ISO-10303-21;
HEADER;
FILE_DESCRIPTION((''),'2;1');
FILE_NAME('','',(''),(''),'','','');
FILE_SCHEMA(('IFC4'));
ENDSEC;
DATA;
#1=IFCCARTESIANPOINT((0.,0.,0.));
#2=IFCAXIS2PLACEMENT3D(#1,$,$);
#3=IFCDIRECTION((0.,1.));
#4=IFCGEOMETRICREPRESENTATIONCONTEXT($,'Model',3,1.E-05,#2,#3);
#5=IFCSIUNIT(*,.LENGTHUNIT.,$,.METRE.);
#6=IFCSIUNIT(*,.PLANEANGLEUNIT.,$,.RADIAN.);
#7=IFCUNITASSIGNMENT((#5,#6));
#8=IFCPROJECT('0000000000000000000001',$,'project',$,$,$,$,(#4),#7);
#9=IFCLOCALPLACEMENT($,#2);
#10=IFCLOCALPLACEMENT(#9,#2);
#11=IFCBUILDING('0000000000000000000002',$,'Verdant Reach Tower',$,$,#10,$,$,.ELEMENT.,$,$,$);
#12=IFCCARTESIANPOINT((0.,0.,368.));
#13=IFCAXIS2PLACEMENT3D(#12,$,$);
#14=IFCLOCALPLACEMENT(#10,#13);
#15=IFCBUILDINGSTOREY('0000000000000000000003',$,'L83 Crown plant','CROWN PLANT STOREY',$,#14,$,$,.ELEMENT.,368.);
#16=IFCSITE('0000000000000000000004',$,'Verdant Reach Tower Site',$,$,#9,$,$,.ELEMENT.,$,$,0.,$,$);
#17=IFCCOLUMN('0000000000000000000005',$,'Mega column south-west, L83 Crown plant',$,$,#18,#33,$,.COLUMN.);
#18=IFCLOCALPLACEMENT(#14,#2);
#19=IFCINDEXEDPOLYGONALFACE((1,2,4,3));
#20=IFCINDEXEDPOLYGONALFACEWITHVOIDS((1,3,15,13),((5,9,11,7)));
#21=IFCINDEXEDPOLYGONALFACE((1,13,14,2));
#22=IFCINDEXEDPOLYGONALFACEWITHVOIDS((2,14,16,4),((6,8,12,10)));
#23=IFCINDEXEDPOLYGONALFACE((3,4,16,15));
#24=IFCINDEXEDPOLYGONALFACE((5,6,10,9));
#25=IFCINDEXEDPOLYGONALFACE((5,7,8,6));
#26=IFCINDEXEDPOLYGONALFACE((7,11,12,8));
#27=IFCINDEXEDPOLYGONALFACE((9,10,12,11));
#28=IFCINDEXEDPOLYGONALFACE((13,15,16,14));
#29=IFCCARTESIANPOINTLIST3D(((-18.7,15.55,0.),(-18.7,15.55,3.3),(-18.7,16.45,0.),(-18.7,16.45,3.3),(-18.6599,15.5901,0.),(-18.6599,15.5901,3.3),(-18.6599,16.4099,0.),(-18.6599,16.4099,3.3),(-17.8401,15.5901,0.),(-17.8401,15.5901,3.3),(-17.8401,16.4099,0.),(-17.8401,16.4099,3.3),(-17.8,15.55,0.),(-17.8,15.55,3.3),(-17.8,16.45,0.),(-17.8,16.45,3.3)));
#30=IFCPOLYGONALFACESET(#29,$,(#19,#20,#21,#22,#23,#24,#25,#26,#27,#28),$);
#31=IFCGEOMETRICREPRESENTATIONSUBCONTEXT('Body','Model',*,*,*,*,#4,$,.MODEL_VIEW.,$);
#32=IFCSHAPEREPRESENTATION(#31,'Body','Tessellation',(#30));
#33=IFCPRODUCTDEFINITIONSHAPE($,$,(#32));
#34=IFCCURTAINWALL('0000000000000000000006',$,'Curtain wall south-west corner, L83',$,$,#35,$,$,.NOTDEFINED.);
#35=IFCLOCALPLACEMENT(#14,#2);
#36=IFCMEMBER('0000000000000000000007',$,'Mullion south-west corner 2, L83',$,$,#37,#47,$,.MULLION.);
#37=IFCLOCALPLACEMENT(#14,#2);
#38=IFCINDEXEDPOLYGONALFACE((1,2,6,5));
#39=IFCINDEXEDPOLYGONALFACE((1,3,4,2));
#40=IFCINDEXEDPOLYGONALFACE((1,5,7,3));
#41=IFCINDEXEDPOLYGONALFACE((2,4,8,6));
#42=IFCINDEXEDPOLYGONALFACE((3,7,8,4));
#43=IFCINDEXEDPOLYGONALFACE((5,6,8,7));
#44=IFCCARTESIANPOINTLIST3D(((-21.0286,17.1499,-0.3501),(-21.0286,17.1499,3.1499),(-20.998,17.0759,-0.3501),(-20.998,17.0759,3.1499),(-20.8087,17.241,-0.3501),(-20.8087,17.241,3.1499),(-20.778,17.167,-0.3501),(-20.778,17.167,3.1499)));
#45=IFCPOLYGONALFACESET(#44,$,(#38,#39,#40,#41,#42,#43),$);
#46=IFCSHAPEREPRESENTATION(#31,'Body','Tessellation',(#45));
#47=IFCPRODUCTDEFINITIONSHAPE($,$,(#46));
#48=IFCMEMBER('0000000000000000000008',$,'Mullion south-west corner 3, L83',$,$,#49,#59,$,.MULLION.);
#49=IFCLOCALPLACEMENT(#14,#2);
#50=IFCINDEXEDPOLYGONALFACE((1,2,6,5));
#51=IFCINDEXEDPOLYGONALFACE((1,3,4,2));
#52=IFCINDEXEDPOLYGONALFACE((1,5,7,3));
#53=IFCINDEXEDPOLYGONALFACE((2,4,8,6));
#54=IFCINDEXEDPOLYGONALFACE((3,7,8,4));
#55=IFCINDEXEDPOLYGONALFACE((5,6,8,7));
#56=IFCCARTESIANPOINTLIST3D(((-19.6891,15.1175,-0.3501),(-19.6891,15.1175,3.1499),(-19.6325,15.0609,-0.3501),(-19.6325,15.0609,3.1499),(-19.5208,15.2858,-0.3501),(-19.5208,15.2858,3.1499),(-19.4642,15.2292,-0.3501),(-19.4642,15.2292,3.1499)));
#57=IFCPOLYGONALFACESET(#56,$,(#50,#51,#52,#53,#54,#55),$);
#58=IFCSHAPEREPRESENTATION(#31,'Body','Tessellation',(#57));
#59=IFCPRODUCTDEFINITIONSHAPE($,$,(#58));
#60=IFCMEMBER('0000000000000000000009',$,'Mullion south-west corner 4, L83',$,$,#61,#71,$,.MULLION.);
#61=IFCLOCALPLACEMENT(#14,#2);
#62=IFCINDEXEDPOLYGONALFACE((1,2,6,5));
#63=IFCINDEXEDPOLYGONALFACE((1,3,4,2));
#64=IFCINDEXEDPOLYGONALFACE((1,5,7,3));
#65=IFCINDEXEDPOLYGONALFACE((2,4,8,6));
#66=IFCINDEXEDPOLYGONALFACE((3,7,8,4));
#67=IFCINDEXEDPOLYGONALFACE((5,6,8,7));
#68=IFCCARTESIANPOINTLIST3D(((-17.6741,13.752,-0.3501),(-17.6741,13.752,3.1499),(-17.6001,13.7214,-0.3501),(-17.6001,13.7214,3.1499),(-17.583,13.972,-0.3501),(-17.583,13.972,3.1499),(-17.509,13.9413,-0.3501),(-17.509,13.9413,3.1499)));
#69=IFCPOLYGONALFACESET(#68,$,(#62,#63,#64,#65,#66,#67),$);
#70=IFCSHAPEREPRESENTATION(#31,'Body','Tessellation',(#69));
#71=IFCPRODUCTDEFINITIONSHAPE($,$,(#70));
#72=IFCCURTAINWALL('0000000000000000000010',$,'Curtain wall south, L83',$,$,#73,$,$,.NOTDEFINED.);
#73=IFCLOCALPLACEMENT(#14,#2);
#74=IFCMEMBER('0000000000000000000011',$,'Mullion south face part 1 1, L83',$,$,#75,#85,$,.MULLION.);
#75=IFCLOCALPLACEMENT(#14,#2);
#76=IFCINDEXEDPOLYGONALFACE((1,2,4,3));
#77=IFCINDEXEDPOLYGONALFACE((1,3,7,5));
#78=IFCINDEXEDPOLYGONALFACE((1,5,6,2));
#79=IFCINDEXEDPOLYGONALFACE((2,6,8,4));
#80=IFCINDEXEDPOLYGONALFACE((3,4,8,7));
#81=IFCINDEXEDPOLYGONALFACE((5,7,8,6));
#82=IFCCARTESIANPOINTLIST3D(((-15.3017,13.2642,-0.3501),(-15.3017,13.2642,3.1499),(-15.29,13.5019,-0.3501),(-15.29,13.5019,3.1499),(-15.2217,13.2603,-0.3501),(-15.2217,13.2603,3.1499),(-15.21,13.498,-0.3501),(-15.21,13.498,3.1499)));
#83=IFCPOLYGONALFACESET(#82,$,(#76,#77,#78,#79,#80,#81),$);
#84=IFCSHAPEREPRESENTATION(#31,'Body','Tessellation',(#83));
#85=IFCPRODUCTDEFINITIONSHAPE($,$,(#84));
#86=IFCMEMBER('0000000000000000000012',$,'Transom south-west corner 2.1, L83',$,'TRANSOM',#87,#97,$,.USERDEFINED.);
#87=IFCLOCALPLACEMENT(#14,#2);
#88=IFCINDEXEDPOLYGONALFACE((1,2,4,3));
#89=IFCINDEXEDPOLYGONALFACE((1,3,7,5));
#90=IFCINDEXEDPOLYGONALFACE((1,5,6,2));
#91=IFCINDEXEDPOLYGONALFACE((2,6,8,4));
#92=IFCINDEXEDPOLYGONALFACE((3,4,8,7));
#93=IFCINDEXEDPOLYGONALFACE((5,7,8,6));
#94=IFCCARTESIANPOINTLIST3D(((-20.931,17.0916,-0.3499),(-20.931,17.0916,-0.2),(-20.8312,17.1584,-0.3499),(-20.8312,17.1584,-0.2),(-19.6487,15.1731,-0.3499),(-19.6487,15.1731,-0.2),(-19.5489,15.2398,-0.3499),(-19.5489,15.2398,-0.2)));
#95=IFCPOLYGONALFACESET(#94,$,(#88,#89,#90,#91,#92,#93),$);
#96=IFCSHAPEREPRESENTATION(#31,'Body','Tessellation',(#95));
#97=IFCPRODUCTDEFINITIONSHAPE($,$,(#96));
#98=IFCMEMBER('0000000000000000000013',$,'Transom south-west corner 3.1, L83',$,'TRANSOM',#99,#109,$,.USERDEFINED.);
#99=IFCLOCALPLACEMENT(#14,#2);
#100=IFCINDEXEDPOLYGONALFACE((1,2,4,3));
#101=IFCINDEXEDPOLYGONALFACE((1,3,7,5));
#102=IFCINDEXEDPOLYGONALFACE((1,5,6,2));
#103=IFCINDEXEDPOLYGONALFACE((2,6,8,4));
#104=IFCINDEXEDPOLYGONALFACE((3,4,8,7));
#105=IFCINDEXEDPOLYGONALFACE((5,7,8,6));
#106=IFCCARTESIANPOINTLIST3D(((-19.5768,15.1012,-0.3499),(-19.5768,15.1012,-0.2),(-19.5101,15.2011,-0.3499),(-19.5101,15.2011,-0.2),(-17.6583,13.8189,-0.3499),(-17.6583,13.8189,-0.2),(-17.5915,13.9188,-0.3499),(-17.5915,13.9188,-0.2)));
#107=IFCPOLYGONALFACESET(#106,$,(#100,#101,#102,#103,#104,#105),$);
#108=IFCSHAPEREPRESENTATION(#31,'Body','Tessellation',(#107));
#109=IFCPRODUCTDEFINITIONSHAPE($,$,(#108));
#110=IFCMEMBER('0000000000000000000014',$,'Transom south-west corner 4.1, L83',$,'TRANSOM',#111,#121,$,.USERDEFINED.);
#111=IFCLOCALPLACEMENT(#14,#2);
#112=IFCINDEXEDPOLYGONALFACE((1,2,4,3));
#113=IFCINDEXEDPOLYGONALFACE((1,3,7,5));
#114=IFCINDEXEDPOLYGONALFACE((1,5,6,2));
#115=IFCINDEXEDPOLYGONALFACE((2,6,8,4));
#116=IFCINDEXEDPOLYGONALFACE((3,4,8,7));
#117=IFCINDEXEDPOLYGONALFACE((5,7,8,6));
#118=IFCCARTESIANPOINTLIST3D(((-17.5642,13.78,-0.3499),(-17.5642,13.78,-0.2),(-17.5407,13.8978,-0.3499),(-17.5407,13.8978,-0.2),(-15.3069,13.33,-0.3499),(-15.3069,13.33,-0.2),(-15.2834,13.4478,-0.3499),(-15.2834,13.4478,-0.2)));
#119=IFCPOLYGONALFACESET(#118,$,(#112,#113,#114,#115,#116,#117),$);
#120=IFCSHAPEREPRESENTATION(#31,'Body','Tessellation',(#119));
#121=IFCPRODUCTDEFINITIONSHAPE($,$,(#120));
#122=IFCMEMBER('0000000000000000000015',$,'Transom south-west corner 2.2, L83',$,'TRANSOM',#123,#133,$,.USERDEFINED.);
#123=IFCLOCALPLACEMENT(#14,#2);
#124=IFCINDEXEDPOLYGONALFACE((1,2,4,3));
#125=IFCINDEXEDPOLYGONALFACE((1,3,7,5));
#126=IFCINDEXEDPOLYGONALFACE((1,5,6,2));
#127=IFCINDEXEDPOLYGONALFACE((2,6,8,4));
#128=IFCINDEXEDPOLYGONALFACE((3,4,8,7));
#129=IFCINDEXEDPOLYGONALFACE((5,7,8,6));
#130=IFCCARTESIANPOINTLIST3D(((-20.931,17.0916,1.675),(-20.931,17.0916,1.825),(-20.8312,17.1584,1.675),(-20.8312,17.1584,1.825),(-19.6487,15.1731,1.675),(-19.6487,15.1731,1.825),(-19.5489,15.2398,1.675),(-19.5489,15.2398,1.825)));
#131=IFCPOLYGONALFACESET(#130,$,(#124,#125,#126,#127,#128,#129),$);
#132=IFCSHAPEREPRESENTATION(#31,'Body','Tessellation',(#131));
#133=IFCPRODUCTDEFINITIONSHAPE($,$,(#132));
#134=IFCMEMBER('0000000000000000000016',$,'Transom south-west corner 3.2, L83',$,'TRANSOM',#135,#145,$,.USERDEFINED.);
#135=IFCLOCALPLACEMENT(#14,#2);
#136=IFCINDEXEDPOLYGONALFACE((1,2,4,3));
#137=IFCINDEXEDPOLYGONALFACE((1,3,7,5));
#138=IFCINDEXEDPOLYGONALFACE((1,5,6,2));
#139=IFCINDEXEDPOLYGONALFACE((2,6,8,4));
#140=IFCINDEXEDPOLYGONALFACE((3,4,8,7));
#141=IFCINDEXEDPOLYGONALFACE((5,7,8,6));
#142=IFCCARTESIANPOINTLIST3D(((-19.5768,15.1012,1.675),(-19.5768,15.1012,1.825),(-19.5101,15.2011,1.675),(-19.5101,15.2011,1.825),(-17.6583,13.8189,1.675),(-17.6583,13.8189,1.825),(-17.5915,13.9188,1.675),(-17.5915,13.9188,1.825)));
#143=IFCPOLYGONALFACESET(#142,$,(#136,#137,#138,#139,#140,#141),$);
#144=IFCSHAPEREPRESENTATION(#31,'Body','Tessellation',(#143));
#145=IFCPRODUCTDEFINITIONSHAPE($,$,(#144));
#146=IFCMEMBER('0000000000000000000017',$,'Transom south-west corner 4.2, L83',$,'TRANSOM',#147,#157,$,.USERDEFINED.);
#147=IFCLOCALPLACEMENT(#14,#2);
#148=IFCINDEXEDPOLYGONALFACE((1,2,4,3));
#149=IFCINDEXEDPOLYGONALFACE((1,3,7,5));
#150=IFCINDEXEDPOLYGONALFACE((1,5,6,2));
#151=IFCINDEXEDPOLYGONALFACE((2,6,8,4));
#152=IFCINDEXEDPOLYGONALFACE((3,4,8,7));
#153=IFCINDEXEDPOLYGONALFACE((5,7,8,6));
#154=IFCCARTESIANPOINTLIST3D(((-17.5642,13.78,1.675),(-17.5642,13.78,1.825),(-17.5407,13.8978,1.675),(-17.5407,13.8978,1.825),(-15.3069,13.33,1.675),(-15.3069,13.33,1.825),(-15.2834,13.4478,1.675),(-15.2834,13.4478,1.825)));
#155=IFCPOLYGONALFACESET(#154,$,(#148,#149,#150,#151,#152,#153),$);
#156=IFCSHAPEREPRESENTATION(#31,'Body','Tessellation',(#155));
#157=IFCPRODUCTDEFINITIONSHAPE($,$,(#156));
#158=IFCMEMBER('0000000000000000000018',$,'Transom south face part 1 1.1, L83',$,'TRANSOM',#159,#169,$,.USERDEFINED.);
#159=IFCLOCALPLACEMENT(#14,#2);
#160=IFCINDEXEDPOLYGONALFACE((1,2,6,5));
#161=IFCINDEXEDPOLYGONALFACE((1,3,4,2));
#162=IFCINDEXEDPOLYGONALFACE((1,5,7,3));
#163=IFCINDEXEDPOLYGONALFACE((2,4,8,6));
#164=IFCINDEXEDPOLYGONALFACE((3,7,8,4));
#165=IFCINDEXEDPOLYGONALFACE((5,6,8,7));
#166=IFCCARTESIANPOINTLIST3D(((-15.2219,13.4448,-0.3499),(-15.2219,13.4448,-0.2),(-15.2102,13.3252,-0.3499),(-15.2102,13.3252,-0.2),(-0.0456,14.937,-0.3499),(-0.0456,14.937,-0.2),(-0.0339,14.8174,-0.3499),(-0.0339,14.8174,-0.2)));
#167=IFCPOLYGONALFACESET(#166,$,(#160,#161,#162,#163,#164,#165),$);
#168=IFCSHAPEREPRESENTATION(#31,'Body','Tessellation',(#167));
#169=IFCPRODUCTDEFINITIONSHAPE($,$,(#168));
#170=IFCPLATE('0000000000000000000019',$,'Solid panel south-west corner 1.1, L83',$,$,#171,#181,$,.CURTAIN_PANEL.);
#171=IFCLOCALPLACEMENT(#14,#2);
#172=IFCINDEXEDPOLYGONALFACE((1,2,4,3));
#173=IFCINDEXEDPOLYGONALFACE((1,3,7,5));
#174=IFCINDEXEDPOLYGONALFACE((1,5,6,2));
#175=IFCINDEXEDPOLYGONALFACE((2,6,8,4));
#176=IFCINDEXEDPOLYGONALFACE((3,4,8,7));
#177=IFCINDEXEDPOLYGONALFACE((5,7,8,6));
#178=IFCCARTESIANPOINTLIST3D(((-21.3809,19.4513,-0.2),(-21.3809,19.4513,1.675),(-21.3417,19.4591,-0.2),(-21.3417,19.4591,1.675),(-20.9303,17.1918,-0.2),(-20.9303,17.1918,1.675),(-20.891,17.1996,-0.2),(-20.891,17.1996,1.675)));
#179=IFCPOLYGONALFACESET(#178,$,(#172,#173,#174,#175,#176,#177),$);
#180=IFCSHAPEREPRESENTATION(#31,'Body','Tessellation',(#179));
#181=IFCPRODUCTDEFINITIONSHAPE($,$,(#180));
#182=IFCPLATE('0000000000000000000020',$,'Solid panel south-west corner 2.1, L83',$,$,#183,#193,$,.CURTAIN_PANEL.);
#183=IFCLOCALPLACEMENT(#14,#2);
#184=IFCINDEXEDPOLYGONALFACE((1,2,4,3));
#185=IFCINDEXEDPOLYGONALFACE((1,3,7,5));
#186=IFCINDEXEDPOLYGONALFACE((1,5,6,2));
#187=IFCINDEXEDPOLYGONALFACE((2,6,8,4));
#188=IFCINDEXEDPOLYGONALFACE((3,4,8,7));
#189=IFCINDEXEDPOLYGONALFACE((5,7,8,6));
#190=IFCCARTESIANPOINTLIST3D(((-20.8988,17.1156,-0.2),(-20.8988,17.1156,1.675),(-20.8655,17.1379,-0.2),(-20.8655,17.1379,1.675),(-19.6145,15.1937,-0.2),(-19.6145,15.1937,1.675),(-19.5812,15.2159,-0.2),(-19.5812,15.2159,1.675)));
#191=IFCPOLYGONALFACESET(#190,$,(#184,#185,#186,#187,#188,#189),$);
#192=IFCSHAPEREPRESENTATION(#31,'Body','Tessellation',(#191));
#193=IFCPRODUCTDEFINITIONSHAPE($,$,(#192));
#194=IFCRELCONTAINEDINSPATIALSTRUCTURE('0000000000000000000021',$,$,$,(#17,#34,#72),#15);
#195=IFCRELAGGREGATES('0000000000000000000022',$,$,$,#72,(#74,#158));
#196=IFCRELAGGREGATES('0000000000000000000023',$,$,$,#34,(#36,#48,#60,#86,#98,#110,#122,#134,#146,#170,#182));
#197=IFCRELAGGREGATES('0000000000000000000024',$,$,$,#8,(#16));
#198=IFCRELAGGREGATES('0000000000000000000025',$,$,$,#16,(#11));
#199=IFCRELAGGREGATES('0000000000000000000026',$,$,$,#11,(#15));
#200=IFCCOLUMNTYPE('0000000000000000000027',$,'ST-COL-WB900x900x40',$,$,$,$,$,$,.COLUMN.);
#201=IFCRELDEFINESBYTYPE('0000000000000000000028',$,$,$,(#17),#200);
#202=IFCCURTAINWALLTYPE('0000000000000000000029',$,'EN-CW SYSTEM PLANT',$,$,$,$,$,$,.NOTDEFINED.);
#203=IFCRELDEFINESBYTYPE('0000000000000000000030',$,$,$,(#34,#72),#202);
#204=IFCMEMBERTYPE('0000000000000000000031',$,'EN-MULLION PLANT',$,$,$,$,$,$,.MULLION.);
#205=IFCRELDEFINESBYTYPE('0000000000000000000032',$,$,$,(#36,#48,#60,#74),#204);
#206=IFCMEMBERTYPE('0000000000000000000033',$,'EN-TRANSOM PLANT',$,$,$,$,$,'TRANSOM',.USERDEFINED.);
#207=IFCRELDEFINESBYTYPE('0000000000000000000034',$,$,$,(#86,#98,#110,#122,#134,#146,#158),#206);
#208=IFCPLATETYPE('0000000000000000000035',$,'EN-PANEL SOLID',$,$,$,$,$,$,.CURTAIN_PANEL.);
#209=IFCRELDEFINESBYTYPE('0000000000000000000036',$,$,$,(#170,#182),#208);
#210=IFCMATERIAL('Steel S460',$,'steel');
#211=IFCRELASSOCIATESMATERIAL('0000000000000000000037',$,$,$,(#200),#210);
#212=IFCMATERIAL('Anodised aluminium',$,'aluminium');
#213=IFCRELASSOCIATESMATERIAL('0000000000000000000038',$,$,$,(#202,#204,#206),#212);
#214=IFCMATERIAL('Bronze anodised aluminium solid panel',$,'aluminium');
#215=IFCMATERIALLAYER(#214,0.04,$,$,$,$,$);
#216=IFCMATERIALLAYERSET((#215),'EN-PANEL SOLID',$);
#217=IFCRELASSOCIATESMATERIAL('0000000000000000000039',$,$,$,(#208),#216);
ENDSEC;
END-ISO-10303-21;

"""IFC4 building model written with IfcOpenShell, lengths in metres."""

from ifc_helpers import new_model, si_unit, direction, frame, origin, origin_2d, place, context, subcontext, project, spatial, rectangle, hollow_rectangle, extrude, material, layer, layer_set, material_profile, profile_set, type_object, element, aggregate, save


model = new_model("IFC4")

# Units and contexts
model_context = context("Model", 3, precision=1e-05, world=origin(), true_north=direction((0.0, 1.0)))
body_context = subcontext(model_context, "Body", "Model", "MODEL_VIEW")
ifc_project = project(units=[si_unit("LENGTHUNIT", "METRE"), si_unit("PLANEANGLEUNIT", "RADIAN")], contexts=[model_context])

# Site, building, storey
site_placement = place(None, origin())
site = spatial("IfcSite", under=ifc_project, at=site_placement, Name="Verdant Reach Tower Site", CompositionType="ELEMENT", RefElevation=0.0)
building_placement = place(site_placement, origin())
building = spatial("IfcBuilding", under=site, at=building_placement, Name="Verdant Reach Tower", CompositionType="ELEMENT")
storey_placement = place(building_placement, frame((0.0, 0.0, 368.0)))
storey = spatial("IfcBuildingStorey", under=building, at=storey_placement, Name="L83 Crown plant", Description="CROWN PLANT STOREY", CompositionType="ELEMENT", Elevation=368.0)

# Column
ifc_material_1 = material(Name="Steel S460", Category="steel")
ifc_material_profile_1 = material_profile(ifc_material_1, hollow_rectangle(XDim=0.8999, YDim=0.8999, WallThickness=0.04, at=origin_2d()), Name="WB 900x900x40")
ifc_profile_set_1 = profile_set([ifc_material_profile_1], Name="Steel S460")
column_type = type_object("IfcColumnType", Name="ST-COL-WB900x900x40", PredefinedType="COLUMN", material=ifc_profile_set_1)
column_placement = place(storey_placement, frame((-18.25, 16.0, 0.0), z_axis=(0.0, 0.0, 1.0), x_axis=(1.0, 0.0, 0.0)))
element("IfcColumn", 1, at=column_placement, inside=storey, type_object=column_type, Name="Mega column south-west, L83 Crown plant", PredefinedType="COLUMN", context=body_context, shape_type="SweptSolid", body=[
    extrude(hollow_rectangle(XDim=0.8999, YDim=0.8999, WallThickness=0.04, at=origin_2d()), origin(), (0.0, 0.0, 1.0), 3.3),
])

# Curtain wall, members
ifc_material_2 = material(Name="Anodised aluminium", Category="aluminium")
curtain_wall_type = type_object("IfcCurtainWallType", Name="EN-CW SYSTEM PLANT", PredefinedType="NOTDEFINED", material=ifc_material_2)
curtain_wall_1_placement = place(storey_placement, origin())
curtain_wall_1 = element("IfcCurtainWall", 2, at=curtain_wall_1_placement, inside=storey, type_object=curtain_wall_type, Name="Curtain wall south-west corner, L83", PredefinedType="NOTDEFINED")
ifc_material_profile_2 = material_profile(ifc_material_2, rectangle(XDim=0.238, YDim=0.0801, at=origin_2d()), Name="Mullion 80x240")
ifc_profile_set_2 = profile_set([ifc_material_profile_2], Name="Anodised aluminium")
member_type_1 = type_object("IfcMemberType", Name="EN-MULLION PLANT", PredefinedType="MULLION", material=ifc_profile_set_2)
member_1_placement = place(storey_placement, frame((-20.9033, 17.1584, -0.3501), z_axis=(0.0, 0.0, 1.0), x_axis=(-0.923875, -0.382694, 0.0)))
member_1 = element("IfcMember", 3, at=member_1_placement, type_object=member_type_1, Name="Mullion south-west corner 2, L83", PredefinedType="MULLION", context=body_context, shape_type="SweptSolid", body=[
    extrude(rectangle(XDim=0.238, YDim=0.0801, at=origin_2d()), origin(), (0.0, 0.0, 1.0), 3.5),
])
member_2_placement = place(storey_placement, frame((-19.5767, 15.1733, -0.3501), z_axis=(0.0, 0.0, 1.0), x_axis=(-0.707107, -0.707107, 0.0)))
member_2 = element("IfcMember", 4, at=member_2_placement, type_object=member_type_1, Name="Mullion south-west corner 3, L83", PredefinedType="MULLION", context=body_context, shape_type="SweptSolid", body=[
    extrude(rectangle(XDim=0.238, YDim=0.0801, at=origin_2d()), origin(), (0.0, 0.0, 1.0), 3.5),
])
member_3_placement = place(storey_placement, frame((-17.5916, 13.8467, -0.3501), z_axis=(0.0, 0.0, 1.0), x_axis=(-0.382694, -0.923875, 0.0)))
member_3 = element("IfcMember", 5, at=member_3_placement, type_object=member_type_1, Name="Mullion south-west corner 4, L83", PredefinedType="MULLION", context=body_context, shape_type="SweptSolid", body=[
    extrude(rectangle(XDim=0.238, YDim=0.0801, at=origin_2d()), origin(), (0.0, 0.0, 1.0), 3.5),
])

# Curtain wall, member
curtain_wall_2_placement = place(storey_placement, origin())
curtain_wall_2 = element("IfcCurtainWall", 6, at=curtain_wall_2_placement, inside=storey, type_object=curtain_wall_type, Name="Curtain wall south, L83", PredefinedType="NOTDEFINED")
member_4_placement = place(storey_placement, frame((-15.2559, 13.3811, -0.3501), z_axis=(0.0, 0.0, 1.0), x_axis=(-0.049128, -0.998793, 0.0)))
member_4 = element("IfcMember", 7, at=member_4_placement, type_object=member_type_1, Name="Mullion south face part 1 1, L83", PredefinedType="MULLION", context=body_context, shape_type="SweptSolid", body=[
    extrude(rectangle(XDim=0.238, YDim=0.0801, at=origin_2d()), origin(), (0.0, 0.0, 1.0), 3.5),
])

# Members
ifc_material_profile_3 = material_profile(ifc_material_2, rectangle(XDim=0.1201, YDim=0.1499, at=origin_2d()), Name="Transom 150x120")
ifc_profile_set_3 = profile_set([ifc_material_profile_3], Name="Anodised aluminium")
member_type_2 = type_object("IfcMemberType", Name="EN-TRANSOM PLANT", ElementType="TRANSOM", PredefinedType="USERDEFINED", material=ifc_profile_set_3)
member_5_placement = place(storey_placement, frame((-20.8811, 17.125, -0.2749), z_axis=(0.555676, -0.831399, 0.0), x_axis=(0.831399, 0.555676, 0.0)))
member_5 = element("IfcMember", 8, at=member_5_placement, type_object=member_type_2, Name="Transom south-west corner 2.1, L83", ObjectType="TRANSOM", PredefinedType="USERDEFINED", context=body_context, shape_type="SweptSolid", body=[
    extrude(rectangle(XDim=0.1201, YDim=0.1499, at=origin_2d()), origin(), (0.0, 0.0, 1.0), 2.3076),
])
member_6_placement = place(storey_placement, frame((-19.5435, 15.1511, -0.2749), z_axis=(0.831399, -0.555676, 0.0), x_axis=(0.555676, 0.831399, 0.0)))
member_6 = element("IfcMember", 9, at=member_6_placement, type_object=member_type_2, Name="Transom south-west corner 3.1, L83", ObjectType="TRANSOM", PredefinedType="USERDEFINED", context=body_context, shape_type="SweptSolid", body=[
    extrude(rectangle(XDim=0.1201, YDim=0.1499, at=origin_2d()), origin(), (0.0, 0.0, 1.0), 2.3076),
])
member_7_placement = place(storey_placement, frame((-17.5525, 13.8389, -0.2749), z_axis=(0.980707, -0.195484, 0.0), x_axis=(0.195484, 0.980707, 0.0)))
member_7 = element("IfcMember", 10, at=member_7_placement, type_object=member_type_2, Name="Transom south-west corner 4.1, L83", ObjectType="TRANSOM", PredefinedType="USERDEFINED", context=body_context, shape_type="SweptSolid", body=[
    extrude(rectangle(XDim=0.1201, YDim=0.1499, at=origin_2d()), origin(), (0.0, 0.0, 1.0), 2.3018),
])
member_8_placement = place(storey_placement, frame((-20.8811, 17.125, 1.75), z_axis=(0.555676, -0.831399, 0.0), x_axis=(0.831399, 0.555676, 0.0)))
member_8 = element("IfcMember", 11, at=member_8_placement, type_object=member_type_2, Name="Transom south-west corner 2.2, L83", ObjectType="TRANSOM", PredefinedType="USERDEFINED", context=body_context, shape_type="SweptSolid", body=[
    extrude(rectangle(XDim=0.1201, YDim=0.1499, at=origin_2d()), origin(), (0.0, 0.0, 1.0), 2.3076),
])
member_9_placement = place(storey_placement, frame((-19.5435, 15.1511, 1.75), z_axis=(0.831399, -0.555676, 0.0), x_axis=(0.555676, 0.831399, 0.0)))
member_9 = element("IfcMember", 12, at=member_9_placement, type_object=member_type_2, Name="Transom south-west corner 3.2, L83", ObjectType="TRANSOM", PredefinedType="USERDEFINED", context=body_context, shape_type="SweptSolid", body=[
    extrude(rectangle(XDim=0.1201, YDim=0.1499, at=origin_2d()), origin(), (0.0, 0.0, 1.0), 2.3076),
])
member_10_placement = place(storey_placement, frame((-17.5525, 13.8389, 1.75), z_axis=(0.980707, -0.195484, 0.0), x_axis=(0.195484, 0.980707, 0.0)))
member_10 = element("IfcMember", 13, at=member_10_placement, type_object=member_type_2, Name="Transom south-west corner 4.2, L83", ObjectType="TRANSOM", PredefinedType="USERDEFINED", context=body_context, shape_type="SweptSolid", body=[
    extrude(rectangle(XDim=0.1201, YDim=0.1499, at=origin_2d()), origin(), (0.0, 0.0, 1.0), 2.3018),
])
member_11_placement = place(storey_placement, frame((-15.2161, 13.385, -0.2749), z_axis=(0.995201, 0.097852, 0.0), x_axis=(-0.097852, 0.995201, 0.0)))
member_11 = element("IfcMember", 14, at=member_11_placement, type_object=member_type_2, Name="Transom south face part 1 1.1, L83", ObjectType="TRANSOM", PredefinedType="USERDEFINED", context=body_context, shape_type="SweptSolid", body=[
    extrude(rectangle(XDim=0.1201, YDim=0.1499, at=origin_2d()), origin(), (0.0, 0.0, 1.0), 15.2495),
])
aggregate(curtain_wall_2, [member_4, member_11])

# Plates
ifc_material_3 = material(Name="Bronze anodised aluminium solid panel", Category="aluminium")
ifc_layer_1 = layer(ifc_material_3, 0.04)
ifc_layer_set_1 = layer_set([ifc_layer_1], Name="EN-PANEL SOLID")
plate_type = type_object("IfcPlateType", Name="EN-PANEL SOLID", PredefinedType="CURTAIN_PANEL", material=ifc_layer_set_1)
plate_1_placement = place(storey_placement, frame((-21.136, 18.3254, -0.2), z_axis=(0.0, 0.0, 1.0), x_axis=(0.195593, -0.980685, 0.0)))
plate_1 = element("IfcPlate", 15, at=plate_1_placement, type_object=plate_type, Name="Solid panel south-west corner 1.1, L83", PredefinedType="CURTAIN_PANEL", context=body_context, shape_type="SweptSolid", body=[
    extrude(rectangle(XDim=2.304, YDim=0.04, at=origin_2d()), origin(), (0.0, 0.0, 1.0), 1.875),
])
plate_2_placement = place(storey_placement, frame((-20.24, 16.1658, -0.2), z_axis=(0.0, 0.0, 1.0), x_axis=(0.555596, -0.831452, 0.0)))
plate_2 = element("IfcPlate", 16, at=plate_2_placement, type_object=plate_type, Name="Solid panel south-west corner 2.1, L83", PredefinedType="CURTAIN_PANEL", context=body_context, shape_type="SweptSolid", body=[
    extrude(rectangle(XDim=2.3115, YDim=0.04, at=origin_2d()), origin(), (0.0, 0.0, 1.0), 1.875),
])

aggregate(curtain_wall_1, [member_1, member_2, member_3, member_5, member_6, member_7, member_8, member_9, member_10, plate_1, plate_2])

save(model, "model.ifc")
